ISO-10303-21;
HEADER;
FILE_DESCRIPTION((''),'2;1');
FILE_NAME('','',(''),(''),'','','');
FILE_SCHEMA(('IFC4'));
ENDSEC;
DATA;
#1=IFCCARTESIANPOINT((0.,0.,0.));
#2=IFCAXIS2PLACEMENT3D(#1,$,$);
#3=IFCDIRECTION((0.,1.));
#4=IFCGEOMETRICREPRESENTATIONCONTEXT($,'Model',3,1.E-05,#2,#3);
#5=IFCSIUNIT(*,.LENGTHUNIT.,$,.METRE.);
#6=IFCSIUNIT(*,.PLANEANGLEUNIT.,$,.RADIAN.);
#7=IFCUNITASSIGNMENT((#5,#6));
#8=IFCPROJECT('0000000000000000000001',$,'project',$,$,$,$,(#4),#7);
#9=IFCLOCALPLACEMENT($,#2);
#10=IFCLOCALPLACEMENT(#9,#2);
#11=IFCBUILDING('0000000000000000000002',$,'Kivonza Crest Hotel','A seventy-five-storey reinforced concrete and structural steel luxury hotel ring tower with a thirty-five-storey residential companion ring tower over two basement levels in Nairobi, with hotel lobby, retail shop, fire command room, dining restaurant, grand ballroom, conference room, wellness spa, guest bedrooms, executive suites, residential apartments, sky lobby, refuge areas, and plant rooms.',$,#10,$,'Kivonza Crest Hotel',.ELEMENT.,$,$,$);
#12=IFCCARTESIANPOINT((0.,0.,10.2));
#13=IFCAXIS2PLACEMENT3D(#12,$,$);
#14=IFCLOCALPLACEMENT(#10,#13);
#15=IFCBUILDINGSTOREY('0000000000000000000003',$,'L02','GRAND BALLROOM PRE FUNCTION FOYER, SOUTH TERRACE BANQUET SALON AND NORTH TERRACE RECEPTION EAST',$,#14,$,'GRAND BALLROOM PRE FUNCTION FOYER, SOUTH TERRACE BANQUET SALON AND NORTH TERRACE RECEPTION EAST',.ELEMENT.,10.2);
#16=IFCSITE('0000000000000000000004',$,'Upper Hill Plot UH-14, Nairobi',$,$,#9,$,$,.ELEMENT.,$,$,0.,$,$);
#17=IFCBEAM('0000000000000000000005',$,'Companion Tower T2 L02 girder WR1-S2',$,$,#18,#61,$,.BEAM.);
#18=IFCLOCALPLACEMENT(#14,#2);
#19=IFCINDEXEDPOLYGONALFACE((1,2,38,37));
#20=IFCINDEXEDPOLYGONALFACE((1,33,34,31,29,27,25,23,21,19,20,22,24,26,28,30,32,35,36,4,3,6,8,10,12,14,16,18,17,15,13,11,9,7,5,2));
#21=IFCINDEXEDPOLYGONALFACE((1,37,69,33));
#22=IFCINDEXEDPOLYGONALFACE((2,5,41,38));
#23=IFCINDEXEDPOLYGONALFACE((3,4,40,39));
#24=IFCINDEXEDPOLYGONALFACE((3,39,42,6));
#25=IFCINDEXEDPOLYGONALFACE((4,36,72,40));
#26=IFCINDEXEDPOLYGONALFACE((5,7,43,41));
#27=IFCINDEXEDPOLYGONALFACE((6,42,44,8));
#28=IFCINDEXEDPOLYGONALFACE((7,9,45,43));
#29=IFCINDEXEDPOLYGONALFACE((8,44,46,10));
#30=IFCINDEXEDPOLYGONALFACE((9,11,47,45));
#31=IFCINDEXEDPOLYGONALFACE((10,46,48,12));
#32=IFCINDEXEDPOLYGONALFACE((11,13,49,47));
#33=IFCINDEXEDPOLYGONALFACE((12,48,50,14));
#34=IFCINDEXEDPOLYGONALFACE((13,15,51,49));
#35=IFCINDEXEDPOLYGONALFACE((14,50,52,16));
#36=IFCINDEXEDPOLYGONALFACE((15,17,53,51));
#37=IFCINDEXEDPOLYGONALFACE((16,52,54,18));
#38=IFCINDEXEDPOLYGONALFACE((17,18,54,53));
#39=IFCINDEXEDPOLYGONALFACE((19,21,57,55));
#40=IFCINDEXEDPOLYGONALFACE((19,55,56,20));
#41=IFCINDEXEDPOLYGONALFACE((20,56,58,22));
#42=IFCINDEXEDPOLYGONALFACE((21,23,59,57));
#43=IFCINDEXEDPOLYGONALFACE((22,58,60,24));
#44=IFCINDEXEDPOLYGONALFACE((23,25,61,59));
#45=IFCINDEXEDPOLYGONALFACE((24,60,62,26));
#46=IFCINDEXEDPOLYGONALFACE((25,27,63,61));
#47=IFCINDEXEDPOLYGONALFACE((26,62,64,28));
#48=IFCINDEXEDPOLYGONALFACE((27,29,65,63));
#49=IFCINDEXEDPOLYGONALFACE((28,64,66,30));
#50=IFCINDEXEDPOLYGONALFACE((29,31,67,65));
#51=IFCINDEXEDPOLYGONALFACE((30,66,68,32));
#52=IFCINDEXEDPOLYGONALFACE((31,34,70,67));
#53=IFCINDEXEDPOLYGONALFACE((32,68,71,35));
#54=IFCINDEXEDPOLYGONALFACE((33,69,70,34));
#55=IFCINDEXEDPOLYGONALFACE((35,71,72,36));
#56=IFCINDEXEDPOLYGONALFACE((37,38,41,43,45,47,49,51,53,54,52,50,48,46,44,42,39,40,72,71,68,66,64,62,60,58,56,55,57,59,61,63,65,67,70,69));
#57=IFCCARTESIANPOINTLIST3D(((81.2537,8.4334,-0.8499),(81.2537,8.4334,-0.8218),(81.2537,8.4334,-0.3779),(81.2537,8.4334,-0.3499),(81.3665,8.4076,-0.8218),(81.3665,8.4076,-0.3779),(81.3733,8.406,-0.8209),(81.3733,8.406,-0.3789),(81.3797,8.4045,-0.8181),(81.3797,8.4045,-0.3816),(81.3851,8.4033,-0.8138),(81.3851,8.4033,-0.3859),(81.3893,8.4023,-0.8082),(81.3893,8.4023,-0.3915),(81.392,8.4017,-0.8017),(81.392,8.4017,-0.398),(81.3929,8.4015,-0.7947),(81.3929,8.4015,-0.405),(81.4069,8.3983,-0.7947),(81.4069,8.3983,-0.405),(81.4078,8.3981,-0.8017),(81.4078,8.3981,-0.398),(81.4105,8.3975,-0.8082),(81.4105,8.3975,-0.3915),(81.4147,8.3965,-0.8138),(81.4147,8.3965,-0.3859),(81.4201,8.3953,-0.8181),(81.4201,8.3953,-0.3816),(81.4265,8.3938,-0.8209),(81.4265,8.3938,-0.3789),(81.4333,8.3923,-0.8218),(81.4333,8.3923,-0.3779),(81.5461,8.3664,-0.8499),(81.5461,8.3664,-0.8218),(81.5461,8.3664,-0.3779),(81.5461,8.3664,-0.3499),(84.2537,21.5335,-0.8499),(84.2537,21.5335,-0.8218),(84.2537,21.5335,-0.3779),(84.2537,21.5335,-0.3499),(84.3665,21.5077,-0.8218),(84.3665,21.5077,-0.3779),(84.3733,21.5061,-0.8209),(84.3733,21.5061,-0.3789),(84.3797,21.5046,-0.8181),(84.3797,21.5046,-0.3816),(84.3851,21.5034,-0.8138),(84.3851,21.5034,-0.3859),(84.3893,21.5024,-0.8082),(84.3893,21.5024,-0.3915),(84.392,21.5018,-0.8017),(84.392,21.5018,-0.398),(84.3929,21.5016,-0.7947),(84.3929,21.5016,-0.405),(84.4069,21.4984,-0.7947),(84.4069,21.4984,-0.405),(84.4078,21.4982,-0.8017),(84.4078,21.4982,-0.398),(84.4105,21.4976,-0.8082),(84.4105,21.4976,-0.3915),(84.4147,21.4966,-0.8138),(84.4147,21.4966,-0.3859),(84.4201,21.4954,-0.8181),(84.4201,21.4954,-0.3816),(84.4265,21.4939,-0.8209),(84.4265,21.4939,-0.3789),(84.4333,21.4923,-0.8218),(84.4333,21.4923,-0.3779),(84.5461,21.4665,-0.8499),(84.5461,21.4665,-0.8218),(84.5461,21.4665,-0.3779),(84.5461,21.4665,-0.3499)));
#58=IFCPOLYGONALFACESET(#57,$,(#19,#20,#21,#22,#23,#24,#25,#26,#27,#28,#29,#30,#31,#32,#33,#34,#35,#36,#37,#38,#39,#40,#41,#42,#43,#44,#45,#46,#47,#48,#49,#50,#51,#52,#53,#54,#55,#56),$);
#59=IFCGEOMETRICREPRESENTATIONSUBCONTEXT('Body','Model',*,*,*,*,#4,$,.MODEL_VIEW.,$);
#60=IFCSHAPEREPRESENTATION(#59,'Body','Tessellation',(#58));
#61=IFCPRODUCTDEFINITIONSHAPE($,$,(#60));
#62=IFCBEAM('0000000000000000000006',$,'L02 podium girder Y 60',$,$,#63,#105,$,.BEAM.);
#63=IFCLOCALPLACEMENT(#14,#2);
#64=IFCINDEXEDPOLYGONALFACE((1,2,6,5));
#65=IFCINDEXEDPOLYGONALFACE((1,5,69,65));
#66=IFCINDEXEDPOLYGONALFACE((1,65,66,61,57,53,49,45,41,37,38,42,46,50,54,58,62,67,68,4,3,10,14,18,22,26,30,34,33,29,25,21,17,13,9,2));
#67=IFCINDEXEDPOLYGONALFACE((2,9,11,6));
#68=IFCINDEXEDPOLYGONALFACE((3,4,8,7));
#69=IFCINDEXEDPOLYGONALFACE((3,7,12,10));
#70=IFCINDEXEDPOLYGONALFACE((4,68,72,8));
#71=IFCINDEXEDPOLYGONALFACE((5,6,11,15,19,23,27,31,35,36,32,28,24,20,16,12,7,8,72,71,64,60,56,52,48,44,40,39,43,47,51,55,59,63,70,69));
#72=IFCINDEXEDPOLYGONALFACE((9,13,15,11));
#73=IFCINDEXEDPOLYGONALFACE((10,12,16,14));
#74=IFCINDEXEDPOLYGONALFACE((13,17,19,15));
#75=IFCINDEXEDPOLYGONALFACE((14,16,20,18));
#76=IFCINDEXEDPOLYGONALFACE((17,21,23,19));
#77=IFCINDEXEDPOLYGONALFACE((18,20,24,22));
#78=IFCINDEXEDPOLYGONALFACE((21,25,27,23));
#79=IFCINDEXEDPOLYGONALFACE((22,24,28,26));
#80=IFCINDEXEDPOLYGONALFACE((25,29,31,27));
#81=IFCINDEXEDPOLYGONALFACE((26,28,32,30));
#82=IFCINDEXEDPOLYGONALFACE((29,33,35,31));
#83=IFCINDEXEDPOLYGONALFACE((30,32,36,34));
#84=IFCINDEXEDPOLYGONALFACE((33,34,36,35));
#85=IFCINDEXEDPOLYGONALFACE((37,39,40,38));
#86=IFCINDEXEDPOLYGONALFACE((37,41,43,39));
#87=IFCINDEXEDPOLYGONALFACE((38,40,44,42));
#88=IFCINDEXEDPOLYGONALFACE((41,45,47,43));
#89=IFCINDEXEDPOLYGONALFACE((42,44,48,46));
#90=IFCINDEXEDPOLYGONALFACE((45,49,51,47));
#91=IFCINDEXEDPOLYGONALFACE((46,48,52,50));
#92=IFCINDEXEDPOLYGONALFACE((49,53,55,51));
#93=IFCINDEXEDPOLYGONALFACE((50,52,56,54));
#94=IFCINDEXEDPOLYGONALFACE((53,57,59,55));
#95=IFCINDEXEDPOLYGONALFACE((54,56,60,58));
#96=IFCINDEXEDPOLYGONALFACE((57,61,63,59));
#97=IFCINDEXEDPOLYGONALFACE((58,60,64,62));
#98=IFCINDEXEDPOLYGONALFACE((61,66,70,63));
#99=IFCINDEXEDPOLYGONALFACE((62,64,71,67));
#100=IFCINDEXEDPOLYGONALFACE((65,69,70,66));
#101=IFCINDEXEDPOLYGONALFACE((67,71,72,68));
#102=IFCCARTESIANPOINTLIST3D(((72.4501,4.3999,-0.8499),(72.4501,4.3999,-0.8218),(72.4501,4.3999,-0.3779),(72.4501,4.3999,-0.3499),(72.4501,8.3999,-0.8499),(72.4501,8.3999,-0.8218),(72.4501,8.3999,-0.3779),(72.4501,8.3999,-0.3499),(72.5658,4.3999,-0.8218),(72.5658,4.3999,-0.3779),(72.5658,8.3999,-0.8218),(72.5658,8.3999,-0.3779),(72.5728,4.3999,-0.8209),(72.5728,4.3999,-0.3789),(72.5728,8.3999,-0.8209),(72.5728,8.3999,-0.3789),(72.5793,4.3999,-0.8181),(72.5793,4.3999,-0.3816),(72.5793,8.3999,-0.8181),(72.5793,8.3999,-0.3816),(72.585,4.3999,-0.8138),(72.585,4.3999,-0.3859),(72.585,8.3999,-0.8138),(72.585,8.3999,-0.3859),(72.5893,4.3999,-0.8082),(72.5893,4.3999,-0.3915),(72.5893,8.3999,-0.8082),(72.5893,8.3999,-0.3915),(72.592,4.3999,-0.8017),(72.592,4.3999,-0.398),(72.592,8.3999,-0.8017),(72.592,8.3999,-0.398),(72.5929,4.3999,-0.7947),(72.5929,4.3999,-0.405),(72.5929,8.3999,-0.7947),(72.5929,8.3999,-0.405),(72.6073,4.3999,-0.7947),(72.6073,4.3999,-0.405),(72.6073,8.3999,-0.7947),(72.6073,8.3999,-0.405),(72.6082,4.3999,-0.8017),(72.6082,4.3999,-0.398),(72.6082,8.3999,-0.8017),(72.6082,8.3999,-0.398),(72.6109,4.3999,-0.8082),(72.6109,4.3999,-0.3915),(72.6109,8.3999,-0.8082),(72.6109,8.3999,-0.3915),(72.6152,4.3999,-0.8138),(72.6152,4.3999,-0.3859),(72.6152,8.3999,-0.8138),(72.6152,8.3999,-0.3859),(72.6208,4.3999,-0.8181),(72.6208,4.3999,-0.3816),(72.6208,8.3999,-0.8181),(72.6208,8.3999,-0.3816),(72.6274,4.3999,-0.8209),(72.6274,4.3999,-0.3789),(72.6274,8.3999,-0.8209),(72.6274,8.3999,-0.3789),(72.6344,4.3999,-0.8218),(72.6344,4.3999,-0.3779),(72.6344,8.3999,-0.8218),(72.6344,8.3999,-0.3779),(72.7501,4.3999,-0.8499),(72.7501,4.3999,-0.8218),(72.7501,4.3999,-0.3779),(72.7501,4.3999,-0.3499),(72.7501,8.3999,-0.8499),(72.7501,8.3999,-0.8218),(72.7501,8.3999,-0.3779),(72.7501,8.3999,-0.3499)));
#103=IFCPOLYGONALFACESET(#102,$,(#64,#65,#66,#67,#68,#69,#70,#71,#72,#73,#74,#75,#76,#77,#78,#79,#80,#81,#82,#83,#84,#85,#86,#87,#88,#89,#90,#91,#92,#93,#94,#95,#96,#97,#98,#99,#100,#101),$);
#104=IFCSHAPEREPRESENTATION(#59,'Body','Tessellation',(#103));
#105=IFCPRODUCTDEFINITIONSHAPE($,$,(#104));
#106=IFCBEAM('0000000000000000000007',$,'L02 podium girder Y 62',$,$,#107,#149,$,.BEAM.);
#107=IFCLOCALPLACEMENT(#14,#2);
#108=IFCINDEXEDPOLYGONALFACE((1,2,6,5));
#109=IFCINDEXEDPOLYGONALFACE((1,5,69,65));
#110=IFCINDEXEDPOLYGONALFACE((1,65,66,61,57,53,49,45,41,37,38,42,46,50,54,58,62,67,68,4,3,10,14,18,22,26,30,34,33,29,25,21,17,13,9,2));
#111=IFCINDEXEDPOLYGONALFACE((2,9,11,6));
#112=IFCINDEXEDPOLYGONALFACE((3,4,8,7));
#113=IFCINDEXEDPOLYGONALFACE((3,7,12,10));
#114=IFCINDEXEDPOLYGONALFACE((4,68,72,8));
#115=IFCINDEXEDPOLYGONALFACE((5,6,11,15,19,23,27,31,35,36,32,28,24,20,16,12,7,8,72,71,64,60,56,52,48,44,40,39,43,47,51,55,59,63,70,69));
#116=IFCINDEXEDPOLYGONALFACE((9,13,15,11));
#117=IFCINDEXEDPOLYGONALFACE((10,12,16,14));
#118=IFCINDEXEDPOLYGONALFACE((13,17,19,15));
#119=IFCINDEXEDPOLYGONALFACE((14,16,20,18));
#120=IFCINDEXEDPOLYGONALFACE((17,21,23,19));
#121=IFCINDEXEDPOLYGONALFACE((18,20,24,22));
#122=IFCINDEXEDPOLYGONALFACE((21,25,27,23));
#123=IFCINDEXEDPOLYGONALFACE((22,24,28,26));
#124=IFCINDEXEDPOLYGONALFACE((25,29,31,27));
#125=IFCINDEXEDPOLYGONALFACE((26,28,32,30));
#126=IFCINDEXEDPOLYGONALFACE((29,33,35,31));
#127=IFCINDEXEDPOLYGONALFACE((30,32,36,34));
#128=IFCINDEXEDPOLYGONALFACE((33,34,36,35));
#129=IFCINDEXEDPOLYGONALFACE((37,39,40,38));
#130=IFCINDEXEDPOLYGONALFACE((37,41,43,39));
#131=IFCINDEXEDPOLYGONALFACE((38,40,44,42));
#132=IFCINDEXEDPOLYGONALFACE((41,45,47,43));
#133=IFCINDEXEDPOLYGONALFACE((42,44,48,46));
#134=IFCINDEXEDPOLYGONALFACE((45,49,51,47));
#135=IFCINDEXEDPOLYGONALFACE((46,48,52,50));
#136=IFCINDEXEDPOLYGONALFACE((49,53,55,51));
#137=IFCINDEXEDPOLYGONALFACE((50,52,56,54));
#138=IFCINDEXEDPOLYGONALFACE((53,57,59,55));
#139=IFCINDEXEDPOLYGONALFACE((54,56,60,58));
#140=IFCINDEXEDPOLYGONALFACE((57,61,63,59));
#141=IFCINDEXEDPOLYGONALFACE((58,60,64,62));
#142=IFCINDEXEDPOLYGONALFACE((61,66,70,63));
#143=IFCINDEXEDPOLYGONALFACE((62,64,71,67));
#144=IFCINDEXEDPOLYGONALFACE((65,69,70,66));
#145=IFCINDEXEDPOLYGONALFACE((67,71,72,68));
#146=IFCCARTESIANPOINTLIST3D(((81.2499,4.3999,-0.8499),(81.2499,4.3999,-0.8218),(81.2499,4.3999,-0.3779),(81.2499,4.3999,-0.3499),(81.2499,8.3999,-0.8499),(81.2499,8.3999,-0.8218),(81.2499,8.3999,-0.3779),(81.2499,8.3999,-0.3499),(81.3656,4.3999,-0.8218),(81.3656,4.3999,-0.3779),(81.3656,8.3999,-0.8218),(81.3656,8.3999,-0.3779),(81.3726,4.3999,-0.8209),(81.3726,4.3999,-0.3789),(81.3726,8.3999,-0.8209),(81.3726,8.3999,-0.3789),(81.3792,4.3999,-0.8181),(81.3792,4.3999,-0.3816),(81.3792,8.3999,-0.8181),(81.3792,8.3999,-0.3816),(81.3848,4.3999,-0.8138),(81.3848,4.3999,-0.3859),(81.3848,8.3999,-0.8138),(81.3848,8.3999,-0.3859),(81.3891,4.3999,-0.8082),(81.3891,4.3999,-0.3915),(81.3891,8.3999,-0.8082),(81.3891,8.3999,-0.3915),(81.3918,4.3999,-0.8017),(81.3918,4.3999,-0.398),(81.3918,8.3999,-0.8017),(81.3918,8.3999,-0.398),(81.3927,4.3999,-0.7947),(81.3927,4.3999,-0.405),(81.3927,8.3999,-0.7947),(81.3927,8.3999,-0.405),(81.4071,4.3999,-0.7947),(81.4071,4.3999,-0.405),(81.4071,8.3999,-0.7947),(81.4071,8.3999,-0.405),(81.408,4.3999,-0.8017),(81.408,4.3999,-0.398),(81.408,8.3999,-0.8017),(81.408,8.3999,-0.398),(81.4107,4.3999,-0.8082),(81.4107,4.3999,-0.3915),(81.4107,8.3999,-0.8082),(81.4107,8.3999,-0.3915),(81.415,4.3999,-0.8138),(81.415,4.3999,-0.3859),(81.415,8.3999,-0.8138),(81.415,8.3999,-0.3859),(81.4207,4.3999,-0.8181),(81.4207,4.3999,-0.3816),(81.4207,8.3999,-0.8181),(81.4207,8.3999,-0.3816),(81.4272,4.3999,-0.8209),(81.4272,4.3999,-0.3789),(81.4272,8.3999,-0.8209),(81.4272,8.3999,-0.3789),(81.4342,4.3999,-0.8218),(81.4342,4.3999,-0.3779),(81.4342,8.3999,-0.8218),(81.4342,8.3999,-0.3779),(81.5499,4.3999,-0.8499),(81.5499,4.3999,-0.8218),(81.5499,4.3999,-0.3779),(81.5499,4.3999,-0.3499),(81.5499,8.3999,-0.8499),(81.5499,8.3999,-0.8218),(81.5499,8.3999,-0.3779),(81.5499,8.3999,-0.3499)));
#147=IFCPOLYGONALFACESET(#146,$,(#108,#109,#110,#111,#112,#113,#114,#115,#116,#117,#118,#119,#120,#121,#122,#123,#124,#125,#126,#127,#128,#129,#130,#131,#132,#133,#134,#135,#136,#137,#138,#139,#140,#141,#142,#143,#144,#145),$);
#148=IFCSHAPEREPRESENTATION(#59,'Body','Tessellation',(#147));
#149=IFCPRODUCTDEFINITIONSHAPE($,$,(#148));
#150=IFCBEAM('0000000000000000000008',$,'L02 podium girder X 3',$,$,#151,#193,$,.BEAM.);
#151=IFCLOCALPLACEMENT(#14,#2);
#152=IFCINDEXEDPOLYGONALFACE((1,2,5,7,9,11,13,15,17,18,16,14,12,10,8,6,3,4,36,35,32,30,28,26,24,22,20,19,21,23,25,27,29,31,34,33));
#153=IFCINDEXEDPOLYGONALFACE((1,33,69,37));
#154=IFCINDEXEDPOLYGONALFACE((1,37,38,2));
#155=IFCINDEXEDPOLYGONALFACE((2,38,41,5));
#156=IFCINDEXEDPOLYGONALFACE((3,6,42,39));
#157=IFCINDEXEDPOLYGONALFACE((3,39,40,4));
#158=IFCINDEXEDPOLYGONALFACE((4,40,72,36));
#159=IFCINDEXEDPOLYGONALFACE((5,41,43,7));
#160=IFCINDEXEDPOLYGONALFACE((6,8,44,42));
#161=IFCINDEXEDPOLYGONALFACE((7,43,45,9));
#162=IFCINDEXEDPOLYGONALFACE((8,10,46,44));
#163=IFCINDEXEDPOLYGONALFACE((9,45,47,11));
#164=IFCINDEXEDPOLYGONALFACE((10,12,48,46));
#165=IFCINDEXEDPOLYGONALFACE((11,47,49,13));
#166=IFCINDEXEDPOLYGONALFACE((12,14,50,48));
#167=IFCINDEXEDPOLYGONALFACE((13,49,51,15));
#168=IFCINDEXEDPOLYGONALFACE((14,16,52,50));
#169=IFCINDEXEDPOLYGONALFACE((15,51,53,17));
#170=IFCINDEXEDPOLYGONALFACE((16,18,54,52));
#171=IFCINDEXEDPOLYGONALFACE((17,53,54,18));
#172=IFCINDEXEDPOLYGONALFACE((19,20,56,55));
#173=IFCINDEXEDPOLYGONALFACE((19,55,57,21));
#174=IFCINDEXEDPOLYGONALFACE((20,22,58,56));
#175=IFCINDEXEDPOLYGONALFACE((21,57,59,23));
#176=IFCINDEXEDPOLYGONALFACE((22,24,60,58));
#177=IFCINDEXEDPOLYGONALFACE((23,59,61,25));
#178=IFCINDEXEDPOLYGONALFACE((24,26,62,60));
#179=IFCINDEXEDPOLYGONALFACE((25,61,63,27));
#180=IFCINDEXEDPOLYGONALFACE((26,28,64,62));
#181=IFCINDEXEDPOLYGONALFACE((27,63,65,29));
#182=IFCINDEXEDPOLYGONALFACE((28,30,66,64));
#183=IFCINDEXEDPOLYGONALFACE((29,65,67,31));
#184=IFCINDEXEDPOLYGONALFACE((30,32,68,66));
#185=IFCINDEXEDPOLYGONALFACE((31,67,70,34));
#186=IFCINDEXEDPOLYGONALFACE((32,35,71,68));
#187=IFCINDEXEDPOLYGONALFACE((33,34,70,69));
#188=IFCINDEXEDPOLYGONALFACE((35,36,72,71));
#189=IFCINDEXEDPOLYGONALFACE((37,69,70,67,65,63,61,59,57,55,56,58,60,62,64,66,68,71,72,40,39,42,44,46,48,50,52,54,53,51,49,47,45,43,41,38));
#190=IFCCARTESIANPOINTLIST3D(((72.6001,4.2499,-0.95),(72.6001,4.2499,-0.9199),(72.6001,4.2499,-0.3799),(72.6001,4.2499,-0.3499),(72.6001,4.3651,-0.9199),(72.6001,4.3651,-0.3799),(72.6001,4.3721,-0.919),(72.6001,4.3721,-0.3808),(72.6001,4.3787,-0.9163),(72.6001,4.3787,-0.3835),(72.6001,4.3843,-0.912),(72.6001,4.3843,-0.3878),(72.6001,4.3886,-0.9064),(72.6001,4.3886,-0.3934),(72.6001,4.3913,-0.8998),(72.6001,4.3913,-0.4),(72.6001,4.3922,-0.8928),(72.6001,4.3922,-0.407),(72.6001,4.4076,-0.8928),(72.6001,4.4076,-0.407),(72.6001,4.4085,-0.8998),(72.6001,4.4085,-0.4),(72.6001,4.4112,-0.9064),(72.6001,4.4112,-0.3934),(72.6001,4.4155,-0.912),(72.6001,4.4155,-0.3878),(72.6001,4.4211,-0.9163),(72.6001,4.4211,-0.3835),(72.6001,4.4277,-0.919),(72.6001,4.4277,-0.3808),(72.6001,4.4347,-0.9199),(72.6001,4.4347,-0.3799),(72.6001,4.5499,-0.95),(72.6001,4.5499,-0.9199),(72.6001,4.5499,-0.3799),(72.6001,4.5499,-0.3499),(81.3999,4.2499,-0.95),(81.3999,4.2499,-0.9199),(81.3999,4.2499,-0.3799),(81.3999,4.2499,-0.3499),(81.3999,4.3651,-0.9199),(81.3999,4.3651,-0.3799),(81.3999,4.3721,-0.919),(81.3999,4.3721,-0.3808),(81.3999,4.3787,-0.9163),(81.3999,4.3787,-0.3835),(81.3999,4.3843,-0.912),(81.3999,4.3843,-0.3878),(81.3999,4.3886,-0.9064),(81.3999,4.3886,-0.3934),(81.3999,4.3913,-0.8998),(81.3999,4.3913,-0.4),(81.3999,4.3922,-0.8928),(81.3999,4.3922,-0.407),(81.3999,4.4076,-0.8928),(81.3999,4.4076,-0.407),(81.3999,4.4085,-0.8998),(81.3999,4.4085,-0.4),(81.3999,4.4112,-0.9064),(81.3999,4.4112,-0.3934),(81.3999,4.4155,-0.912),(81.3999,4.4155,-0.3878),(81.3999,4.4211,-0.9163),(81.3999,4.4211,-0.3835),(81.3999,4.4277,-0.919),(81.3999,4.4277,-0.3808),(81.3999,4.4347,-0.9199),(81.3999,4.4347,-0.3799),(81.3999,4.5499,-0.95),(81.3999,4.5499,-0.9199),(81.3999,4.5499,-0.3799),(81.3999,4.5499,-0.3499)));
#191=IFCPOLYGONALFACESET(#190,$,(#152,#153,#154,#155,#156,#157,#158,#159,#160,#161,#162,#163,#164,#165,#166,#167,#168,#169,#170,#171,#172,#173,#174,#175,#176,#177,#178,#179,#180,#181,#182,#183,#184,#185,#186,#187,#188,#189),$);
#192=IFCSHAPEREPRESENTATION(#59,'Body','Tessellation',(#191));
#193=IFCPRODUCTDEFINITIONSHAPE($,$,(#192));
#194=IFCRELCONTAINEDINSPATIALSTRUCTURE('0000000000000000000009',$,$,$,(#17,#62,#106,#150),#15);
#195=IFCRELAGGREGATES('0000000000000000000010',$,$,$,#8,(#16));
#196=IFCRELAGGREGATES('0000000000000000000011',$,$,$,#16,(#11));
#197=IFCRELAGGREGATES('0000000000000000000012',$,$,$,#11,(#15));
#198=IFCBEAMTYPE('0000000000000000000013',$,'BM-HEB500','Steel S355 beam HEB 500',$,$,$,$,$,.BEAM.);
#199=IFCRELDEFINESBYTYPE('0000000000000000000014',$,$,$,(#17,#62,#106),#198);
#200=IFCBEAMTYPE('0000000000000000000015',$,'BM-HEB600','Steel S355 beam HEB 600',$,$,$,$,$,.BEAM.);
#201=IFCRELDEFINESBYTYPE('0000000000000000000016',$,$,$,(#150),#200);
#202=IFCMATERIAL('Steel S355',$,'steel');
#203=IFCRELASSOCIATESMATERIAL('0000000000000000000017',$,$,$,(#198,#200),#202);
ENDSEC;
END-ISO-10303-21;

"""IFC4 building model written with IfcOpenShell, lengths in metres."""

from ifc_helpers import new_model, si_unit, direction, frame, origin, origin_2d, place, context, subcontext, project, spatial, i_section, extrude, material, material_profile, profile_set, type_object, element, save


model = new_model("IFC4")

# Units and contexts
model_context = context("Model", 3, precision=1e-05, world=origin(), true_north=direction((0.0, 1.0)))
body_context = subcontext(model_context, "Body", "Model", "MODEL_VIEW")
ifc_project = project(units=[si_unit("LENGTHUNIT", "METRE"), si_unit("PLANEANGLEUNIT", "RADIAN")], contexts=[model_context])

# Site, building, storey
site_placement = place(None, origin())
site = spatial("IfcSite", under=ifc_project, at=site_placement, Name="Upper Hill Plot UH-14, Nairobi", CompositionType="ELEMENT", RefElevation=0.0)
building_placement = place(site_placement, origin())
building = spatial("IfcBuilding", under=site, at=building_placement, Name="Kivonza Crest Hotel", Description="A seventy-five-storey reinforced concrete and structural steel luxury hotel ring tower with a thirty-five-storey residential companion ring tower over two basement levels in Nairobi, with hotel lobby, retail shop, fire command room, dining restaurant, grand ballroom, conference room, wellness spa, guest bedrooms, executive suites, residential apartments, sky lobby, refuge areas, and plant rooms.", LongName="Kivonza Crest Hotel", CompositionType="ELEMENT")
storey_placement = place(building_placement, frame((0.0, 0.0, 10.2)))
storey = spatial("IfcBuildingStorey", under=building, at=storey_placement, Name="L02", Description="GRAND BALLROOM PRE FUNCTION FOYER, SOUTH TERRACE BANQUET SALON AND NORTH TERRACE RECEPTION EAST", LongName="GRAND BALLROOM PRE FUNCTION FOYER, SOUTH TERRACE BANQUET SALON AND NORTH TERRACE RECEPTION EAST", CompositionType="ELEMENT", Elevation=10.2)

# Beams
ifc_material_1 = material(Name="Steel S355", Category="steel")
ifc_material_profile_1 = material_profile(ifc_material_1, i_section(OverallWidth=0.3, OverallDepth=0.5, WebThickness=0.0144, FlangeThickness=0.0281, FilletRadius=0.0271, at=origin_2d()), Name="HEB 500")
ifc_profile_set_1 = profile_set([ifc_material_profile_1], Name="Steel S355")
beam_type_1 = type_object("IfcBeamType", Name="BM-HEB500", Description="Steel S355 beam HEB 500", PredefinedType="BEAM", material=ifc_profile_set_1)
beam_1_placement = place(storey_placement, frame((84.3999, 21.5, -0.5999), z_axis=(-0.223227, -0.974766, 0.0), x_axis=(0.974766, -0.223227, 0.0)))
element("IfcBeam", 1, at=beam_1_placement, inside=storey, type_object=beam_type_1, Name="Companion Tower T2 L02 girder WR1-S2", PredefinedType="BEAM", context=body_context, shape_type="SweptSolid", body=[
    extrude(i_section(OverallWidth=0.3, OverallDepth=0.5, WebThickness=0.0144, FlangeThickness=0.0281, FilletRadius=0.0271, at=origin_2d()), origin(), (0.0, 0.0, 1.0), 13.4392),
])
for number, where, z_axis, x_axis, name in (
    (2, (72.6001, 4.3999, -0.5999), (0.0, 1.0, 0.0), (-1.0, 0.0, 0.0), "L02 podium girder Y 60"),
    (3, (81.3999, 4.3999, -0.5999), (0.0, 1.0, 0.0), (-1.0, 0.0, 0.0), "L02 podium girder Y 62"),
):
    element("IfcBeam", number, at=place(storey_placement, frame(where, z_axis=z_axis, x_axis=x_axis)), inside=storey, type_object=beam_type_1, Name=name, PredefinedType="BEAM", context=body_context, shape_type="SweptSolid", body=[
        extrude(i_section(OverallWidth=0.3, OverallDepth=0.5, WebThickness=0.0144, FlangeThickness=0.0281, FilletRadius=0.0271, at=origin_2d()), origin(), (0.0, 0.0, 1.0), 4.0),
    ])
ifc_material_profile_2 = material_profile(ifc_material_1, i_section(OverallWidth=0.3, OverallDepth=0.6001, WebThickness=0.0154, FlangeThickness=0.03, FilletRadius=0.0271, at=origin_2d()), Name="HEB 600")
ifc_profile_set_2 = profile_set([ifc_material_profile_2], Name="Steel S355")
beam_type_2 = type_object("IfcBeamType", Name="BM-HEB600", Description="Steel S355 beam HEB 600", PredefinedType="BEAM", material=ifc_profile_set_2)
beam_2_placement = place(storey_placement, frame((72.6001, 4.3999, -0.6499), z_axis=(1.0, 0.0, 0.0), x_axis=(0.0, 1.0, 0.0)))
element("IfcBeam", 4, at=beam_2_placement, inside=storey, type_object=beam_type_2, Name="L02 podium girder X 3", PredefinedType="BEAM", context=body_context, shape_type="SweptSolid", body=[
    extrude(i_section(OverallWidth=0.3, OverallDepth=0.6001, WebThickness=0.0154, FlangeThickness=0.03, FilletRadius=0.0271, at=origin_2d()), origin(), (0.0, 0.0, 1.0), 8.7998),
])

save(model, "model.ifc")
